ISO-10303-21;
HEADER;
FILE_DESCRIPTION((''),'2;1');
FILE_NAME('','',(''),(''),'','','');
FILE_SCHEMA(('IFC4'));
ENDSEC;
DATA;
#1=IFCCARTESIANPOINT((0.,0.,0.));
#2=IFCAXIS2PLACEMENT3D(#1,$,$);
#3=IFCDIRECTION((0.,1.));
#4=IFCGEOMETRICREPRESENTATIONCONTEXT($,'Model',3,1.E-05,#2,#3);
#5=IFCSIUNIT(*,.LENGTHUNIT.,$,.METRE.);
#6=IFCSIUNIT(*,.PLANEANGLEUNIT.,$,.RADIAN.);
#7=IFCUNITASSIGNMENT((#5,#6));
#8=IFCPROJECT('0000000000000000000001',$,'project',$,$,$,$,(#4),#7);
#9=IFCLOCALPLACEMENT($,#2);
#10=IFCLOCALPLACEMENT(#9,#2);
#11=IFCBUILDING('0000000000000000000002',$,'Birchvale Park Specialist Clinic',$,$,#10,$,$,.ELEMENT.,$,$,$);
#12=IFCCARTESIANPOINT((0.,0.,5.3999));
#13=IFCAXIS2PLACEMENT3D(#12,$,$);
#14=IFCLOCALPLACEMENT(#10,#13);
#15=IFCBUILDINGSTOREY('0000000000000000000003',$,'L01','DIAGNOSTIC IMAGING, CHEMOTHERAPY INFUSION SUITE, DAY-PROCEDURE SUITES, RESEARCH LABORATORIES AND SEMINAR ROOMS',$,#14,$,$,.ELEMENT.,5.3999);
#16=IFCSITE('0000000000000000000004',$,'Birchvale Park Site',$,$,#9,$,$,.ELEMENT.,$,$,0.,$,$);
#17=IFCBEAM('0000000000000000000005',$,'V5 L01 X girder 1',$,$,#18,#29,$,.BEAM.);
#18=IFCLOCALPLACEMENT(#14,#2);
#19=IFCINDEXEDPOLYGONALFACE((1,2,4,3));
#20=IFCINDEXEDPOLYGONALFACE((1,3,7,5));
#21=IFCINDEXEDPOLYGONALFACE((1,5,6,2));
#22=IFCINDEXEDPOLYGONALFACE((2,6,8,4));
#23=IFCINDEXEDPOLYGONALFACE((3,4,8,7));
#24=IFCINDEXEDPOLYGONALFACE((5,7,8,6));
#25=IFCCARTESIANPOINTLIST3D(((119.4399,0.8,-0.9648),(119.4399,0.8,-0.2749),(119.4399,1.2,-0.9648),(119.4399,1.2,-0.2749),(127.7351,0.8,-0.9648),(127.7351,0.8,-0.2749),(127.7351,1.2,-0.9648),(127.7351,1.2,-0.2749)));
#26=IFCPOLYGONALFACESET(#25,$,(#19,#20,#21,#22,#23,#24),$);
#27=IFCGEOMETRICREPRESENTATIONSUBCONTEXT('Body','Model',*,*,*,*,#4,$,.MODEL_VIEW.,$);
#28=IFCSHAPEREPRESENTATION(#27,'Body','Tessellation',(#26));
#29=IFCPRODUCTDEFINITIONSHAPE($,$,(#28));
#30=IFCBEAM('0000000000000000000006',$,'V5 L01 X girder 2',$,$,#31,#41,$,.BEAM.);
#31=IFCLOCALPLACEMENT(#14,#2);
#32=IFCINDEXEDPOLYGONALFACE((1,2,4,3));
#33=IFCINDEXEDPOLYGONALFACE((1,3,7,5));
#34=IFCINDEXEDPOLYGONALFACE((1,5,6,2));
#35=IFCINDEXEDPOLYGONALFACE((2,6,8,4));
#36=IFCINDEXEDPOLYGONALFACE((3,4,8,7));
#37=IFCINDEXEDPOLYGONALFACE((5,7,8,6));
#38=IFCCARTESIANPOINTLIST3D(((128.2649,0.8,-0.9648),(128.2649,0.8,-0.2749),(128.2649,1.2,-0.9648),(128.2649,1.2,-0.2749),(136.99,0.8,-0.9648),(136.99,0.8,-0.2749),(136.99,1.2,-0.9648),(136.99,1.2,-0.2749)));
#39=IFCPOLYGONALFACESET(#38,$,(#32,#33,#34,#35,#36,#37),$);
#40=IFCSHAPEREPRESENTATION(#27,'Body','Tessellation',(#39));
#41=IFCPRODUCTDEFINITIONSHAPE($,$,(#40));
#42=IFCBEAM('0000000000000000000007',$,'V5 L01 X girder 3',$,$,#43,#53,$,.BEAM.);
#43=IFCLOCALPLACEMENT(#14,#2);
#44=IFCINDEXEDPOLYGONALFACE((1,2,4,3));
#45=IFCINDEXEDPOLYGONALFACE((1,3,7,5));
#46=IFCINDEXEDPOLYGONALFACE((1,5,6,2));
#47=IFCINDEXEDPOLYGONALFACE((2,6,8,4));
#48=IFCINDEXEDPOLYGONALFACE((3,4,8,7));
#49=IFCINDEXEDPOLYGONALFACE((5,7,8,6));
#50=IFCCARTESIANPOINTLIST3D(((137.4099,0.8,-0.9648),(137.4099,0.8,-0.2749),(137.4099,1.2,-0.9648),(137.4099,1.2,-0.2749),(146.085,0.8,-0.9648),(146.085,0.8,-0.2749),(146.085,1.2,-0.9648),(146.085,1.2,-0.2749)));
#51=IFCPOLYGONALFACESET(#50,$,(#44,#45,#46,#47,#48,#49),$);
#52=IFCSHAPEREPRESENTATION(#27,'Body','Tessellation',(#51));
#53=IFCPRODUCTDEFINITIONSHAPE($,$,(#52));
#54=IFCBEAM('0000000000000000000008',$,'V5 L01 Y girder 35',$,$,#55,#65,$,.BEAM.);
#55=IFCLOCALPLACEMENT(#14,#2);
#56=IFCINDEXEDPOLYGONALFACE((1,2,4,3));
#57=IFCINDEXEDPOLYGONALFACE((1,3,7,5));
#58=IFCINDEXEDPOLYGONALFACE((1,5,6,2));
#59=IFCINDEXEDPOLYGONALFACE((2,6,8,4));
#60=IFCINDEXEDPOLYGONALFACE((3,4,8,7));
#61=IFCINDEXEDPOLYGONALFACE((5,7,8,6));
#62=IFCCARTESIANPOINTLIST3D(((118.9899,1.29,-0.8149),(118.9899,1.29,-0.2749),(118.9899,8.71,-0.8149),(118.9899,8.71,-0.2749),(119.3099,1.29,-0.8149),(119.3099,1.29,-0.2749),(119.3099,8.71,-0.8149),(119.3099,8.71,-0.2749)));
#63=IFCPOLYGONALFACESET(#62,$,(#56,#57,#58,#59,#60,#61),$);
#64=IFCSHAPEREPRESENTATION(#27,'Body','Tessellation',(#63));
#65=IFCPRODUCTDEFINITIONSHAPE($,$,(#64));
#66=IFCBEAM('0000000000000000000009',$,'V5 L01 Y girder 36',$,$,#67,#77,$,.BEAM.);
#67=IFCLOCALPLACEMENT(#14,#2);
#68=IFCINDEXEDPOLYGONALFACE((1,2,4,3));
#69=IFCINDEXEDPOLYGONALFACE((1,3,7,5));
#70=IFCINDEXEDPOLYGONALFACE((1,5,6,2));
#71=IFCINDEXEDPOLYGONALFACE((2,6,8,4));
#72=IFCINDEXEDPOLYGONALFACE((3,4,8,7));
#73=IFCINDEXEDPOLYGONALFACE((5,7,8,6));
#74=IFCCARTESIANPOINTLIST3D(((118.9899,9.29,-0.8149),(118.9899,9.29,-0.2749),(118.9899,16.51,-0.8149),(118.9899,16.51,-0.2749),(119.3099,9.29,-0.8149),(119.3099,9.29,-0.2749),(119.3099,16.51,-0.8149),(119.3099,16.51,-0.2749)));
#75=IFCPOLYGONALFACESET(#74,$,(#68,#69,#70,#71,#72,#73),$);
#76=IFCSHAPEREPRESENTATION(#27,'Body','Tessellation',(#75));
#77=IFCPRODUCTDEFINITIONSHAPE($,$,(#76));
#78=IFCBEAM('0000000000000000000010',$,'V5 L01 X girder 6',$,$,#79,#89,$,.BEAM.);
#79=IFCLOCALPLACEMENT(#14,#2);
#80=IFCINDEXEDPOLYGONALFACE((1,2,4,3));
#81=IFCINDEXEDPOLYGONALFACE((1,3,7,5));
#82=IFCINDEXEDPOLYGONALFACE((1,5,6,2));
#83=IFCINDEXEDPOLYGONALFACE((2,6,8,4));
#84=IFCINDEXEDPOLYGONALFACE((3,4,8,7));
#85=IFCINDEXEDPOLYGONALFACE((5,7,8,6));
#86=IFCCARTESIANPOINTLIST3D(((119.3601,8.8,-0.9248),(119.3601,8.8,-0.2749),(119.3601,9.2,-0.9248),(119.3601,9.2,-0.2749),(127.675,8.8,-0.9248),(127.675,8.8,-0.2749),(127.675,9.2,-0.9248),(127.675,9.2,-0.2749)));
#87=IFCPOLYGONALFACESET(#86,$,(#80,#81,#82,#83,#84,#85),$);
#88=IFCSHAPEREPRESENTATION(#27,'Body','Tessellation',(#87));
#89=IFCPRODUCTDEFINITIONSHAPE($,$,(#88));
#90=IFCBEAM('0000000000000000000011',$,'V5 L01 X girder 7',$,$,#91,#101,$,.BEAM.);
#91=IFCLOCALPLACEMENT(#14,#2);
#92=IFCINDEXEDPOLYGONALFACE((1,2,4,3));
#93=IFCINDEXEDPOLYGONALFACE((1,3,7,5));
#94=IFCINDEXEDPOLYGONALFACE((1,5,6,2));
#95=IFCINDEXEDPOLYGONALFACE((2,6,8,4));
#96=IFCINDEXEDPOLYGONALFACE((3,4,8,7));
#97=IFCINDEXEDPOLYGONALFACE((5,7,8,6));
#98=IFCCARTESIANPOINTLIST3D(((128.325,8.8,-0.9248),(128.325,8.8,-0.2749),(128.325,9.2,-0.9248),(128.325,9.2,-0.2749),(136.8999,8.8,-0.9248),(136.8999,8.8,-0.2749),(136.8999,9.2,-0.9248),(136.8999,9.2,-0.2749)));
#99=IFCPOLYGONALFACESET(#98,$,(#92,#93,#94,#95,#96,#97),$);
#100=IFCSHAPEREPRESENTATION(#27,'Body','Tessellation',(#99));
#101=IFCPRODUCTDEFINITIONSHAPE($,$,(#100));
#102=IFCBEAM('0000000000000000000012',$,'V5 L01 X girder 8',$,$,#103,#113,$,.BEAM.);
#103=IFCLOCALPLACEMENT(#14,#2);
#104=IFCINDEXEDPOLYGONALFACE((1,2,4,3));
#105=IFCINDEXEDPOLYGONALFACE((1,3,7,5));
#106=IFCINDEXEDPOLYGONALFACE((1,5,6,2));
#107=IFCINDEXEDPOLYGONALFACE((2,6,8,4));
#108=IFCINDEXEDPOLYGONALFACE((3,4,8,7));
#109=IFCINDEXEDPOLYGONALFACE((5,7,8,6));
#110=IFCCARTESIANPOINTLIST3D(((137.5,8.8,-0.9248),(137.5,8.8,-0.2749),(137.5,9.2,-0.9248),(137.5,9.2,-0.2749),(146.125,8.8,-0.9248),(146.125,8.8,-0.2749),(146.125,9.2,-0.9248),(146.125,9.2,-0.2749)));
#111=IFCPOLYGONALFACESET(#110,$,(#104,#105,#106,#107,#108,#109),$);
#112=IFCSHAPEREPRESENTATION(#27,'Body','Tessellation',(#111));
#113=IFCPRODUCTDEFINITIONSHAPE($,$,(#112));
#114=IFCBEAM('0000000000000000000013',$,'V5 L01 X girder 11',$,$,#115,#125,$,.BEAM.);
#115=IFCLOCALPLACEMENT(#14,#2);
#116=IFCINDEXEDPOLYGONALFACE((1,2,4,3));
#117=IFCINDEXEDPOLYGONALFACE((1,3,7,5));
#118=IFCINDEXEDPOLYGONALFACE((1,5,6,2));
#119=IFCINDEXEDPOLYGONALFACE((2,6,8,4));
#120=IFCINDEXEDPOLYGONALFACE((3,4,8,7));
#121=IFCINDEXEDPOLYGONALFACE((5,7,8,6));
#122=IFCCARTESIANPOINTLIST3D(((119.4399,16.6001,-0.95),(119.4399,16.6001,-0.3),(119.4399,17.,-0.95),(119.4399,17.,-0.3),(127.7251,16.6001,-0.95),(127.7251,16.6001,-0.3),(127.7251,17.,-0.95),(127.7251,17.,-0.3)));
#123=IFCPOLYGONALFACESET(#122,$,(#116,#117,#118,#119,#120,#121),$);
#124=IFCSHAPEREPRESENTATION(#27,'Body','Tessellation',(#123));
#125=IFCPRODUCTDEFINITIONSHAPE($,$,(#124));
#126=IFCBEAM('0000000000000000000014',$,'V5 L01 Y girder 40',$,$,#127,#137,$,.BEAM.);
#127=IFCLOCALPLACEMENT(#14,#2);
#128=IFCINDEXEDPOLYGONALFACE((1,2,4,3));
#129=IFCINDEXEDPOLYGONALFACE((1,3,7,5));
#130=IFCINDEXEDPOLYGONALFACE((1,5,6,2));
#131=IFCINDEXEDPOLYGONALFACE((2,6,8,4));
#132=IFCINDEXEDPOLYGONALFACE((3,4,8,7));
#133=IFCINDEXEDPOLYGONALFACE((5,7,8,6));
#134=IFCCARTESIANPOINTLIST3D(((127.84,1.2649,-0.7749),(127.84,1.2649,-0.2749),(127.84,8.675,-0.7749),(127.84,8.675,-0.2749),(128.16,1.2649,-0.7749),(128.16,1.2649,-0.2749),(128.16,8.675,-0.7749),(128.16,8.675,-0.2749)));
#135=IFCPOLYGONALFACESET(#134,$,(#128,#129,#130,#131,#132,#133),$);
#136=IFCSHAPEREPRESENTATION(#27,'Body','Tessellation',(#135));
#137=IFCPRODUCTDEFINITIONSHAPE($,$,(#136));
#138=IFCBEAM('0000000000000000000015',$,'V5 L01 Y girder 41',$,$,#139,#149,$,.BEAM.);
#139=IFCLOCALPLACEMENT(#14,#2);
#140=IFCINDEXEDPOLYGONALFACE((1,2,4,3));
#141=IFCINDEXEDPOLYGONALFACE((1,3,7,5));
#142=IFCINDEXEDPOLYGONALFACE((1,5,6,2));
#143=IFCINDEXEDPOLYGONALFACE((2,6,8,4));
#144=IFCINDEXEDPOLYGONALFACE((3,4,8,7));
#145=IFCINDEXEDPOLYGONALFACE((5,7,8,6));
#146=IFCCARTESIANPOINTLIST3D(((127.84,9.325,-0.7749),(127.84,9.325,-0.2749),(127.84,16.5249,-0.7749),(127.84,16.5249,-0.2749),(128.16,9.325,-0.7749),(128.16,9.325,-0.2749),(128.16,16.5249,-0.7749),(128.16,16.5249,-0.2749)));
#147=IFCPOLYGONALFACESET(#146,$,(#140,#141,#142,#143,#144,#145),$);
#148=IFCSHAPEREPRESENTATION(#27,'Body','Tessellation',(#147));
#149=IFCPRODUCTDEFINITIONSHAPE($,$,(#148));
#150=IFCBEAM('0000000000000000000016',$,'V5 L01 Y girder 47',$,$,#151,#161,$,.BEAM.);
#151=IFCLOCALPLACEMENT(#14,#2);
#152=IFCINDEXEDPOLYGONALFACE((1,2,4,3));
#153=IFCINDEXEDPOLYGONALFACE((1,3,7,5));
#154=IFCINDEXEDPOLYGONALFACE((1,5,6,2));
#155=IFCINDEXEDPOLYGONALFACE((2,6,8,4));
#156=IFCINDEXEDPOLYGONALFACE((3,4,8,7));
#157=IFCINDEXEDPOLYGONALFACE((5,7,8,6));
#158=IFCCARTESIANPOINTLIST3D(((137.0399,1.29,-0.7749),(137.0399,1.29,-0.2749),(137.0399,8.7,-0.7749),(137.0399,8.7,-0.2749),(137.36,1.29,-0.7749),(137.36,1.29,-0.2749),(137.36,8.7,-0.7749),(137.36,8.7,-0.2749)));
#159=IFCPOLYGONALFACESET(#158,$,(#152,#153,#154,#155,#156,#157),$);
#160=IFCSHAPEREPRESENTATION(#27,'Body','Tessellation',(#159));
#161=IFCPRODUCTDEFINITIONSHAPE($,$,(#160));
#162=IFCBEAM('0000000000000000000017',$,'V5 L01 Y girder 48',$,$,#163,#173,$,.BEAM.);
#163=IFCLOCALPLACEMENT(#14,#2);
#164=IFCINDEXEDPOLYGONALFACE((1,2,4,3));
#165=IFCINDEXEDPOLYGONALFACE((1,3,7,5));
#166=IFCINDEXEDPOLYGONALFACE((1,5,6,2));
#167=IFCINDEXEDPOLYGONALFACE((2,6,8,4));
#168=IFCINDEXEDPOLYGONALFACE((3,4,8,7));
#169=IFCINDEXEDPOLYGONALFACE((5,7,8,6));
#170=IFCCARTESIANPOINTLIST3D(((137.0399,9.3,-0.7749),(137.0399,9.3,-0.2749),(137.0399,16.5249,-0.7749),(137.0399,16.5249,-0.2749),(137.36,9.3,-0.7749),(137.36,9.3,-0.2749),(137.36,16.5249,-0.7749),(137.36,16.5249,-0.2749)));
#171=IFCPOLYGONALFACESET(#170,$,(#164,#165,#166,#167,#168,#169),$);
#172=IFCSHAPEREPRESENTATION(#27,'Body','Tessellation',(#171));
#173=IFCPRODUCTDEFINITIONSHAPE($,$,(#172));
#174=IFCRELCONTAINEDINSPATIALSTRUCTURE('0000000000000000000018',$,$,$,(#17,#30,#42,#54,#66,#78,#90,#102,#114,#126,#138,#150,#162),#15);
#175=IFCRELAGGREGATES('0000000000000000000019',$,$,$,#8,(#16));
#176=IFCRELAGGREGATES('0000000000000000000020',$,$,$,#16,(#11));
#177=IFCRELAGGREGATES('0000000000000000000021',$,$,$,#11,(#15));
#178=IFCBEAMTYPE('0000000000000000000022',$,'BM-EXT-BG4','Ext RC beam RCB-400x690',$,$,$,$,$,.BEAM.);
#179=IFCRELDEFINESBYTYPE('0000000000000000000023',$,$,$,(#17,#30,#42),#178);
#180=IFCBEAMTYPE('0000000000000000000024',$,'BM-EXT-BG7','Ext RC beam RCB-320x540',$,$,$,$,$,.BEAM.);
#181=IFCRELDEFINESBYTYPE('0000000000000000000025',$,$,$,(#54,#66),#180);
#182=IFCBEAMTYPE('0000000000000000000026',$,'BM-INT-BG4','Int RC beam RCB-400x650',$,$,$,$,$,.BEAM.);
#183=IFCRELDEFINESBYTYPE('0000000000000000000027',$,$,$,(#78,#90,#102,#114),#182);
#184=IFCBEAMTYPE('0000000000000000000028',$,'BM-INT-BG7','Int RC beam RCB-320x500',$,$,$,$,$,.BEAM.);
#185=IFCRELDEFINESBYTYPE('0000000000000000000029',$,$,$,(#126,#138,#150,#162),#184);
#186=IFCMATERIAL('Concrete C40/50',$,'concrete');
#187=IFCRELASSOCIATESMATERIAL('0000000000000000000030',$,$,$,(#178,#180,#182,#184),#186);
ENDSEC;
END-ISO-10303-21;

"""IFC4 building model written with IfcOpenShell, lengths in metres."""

from ifc_helpers import new_model, si_unit, direction, frame, origin, origin_2d, place, context, subcontext, project, spatial, rectangle, extrude, material, material_profile, profile_set, type_object, element, save


model = new_model("IFC4")

# Units and contexts
model_context = context("Model", 3, precision=1e-05, world=origin(), true_north=direction((0.0, 1.0)))
body_context = subcontext(model_context, "Body", "Model", "MODEL_VIEW")
ifc_project = project(units=[si_unit("LENGTHUNIT", "METRE"), si_unit("PLANEANGLEUNIT", "RADIAN")], contexts=[model_context])

# Site, building, storey
site_placement = place(None, origin())
site = spatial("IfcSite", under=ifc_project, at=site_placement, Name="Birchvale Park Site", CompositionType="ELEMENT", RefElevation=0.0)
building_placement = place(site_placement, origin())
building = spatial("IfcBuilding", under=site, at=building_placement, Name="Birchvale Park Specialist Clinic", CompositionType="ELEMENT")
storey_placement = place(building_placement, frame((0.0, 0.0, 5.3999)))
storey = spatial("IfcBuildingStorey", under=building, at=storey_placement, Name="L01", Description="DIAGNOSTIC IMAGING, CHEMOTHERAPY INFUSION SUITE, DAY-PROCEDURE SUITES, RESEARCH LABORATORIES AND SEMINAR ROOMS", CompositionType="ELEMENT", Elevation=5.3999)

# Beams
ifc_material_1 = material(Name="Concrete C40/50", Category="concrete")
ifc_material_profile_1 = material_profile(ifc_material_1, rectangle(XDim=0.3999, YDim=0.6899, at=origin_2d()), Name="RCB-400x690")
ifc_profile_set_1 = profile_set([ifc_material_profile_1], Name="Concrete C40/50")
beam_type_1 = type_object("IfcBeamType", Name="BM-EXT-BG4", Description="Ext RC beam RCB-400x690", PredefinedType="BEAM", material=ifc_profile_set_1)
beam_1_placement = place(storey_placement, frame((119.4399, 1.0, -0.6199), z_axis=(1.0, 0.0, 0.0), x_axis=(0.0, 1.0, 0.0)))
element("IfcBeam", 1, at=beam_1_placement, inside=storey, type_object=beam_type_1, Name="V5 L01 X girder 1", PredefinedType="BEAM", context=body_context, shape_type="SweptSolid", body=[
    extrude(rectangle(XDim=0.3999, YDim=0.6899, at=origin_2d()), origin(), (0.0, 0.0, 1.0), 8.2952),
])
beam_2_placement = place(storey_placement, frame((128.2649, 1.0, -0.6199), z_axis=(1.0, 0.0, 0.0), x_axis=(0.0, 1.0, 0.0)))
element("IfcBeam", 2, at=beam_2_placement, inside=storey, type_object=beam_type_1, Name="V5 L01 X girder 2", PredefinedType="BEAM", context=body_context, shape_type="SweptSolid", body=[
    extrude(rectangle(XDim=0.3999, YDim=0.6899, at=origin_2d()), origin(), (0.0, 0.0, 1.0), 8.7251),
])
beam_3_placement = place(storey_placement, frame((137.4099, 1.0, -0.6199), z_axis=(1.0, 0.0, 0.0), x_axis=(0.0, 1.0, 0.0)))
element("IfcBeam", 3, at=beam_3_placement, inside=storey, type_object=beam_type_1, Name="V5 L01 X girder 3", PredefinedType="BEAM", context=body_context, shape_type="SweptSolid", body=[
    extrude(rectangle(XDim=0.3999, YDim=0.6899, at=origin_2d()), origin(), (0.0, 0.0, 1.0), 8.675),
])
ifc_material_profile_2 = material_profile(ifc_material_1, rectangle(XDim=0.3201, YDim=0.54, at=origin_2d()), Name="RCB-320x540")
ifc_profile_set_2 = profile_set([ifc_material_profile_2], Name="Concrete C40/50")
beam_type_2 = type_object("IfcBeamType", Name="BM-EXT-BG7", Description="Ext RC beam RCB-320x540", PredefinedType="BEAM", material=ifc_profile_set_2)
beam_4_placement = place(storey_placement, frame((119.1499, 1.29, -0.5449), z_axis=(0.0, 1.0, 0.0), x_axis=(-1.0, 0.0, 0.0)))
element("IfcBeam", 4, at=beam_4_placement, inside=storey, type_object=beam_type_2, Name="V5 L01 Y girder 35", PredefinedType="BEAM", context=body_context, shape_type="SweptSolid", body=[
    extrude(rectangle(XDim=0.3201, YDim=0.54, at=origin_2d()), origin(), (0.0, 0.0, 1.0), 7.4199),
])
beam_5_placement = place(storey_placement, frame((119.1499, 9.29, -0.5449), z_axis=(0.0, 1.0, 0.0), x_axis=(-1.0, 0.0, 0.0)))
element("IfcBeam", 5, at=beam_5_placement, inside=storey, type_object=beam_type_2, Name="V5 L01 Y girder 36", PredefinedType="BEAM", context=body_context, shape_type="SweptSolid", body=[
    extrude(rectangle(XDim=0.3201, YDim=0.54, at=origin_2d()), origin(), (0.0, 0.0, 1.0), 7.22),
])
ifc_material_profile_3 = material_profile(ifc_material_1, rectangle(XDim=0.3999, YDim=0.6499, at=origin_2d()), Name="RCB-400x650")
ifc_profile_set_3 = profile_set([ifc_material_profile_3], Name="Concrete C40/50")
beam_type_3 = type_object("IfcBeamType", Name="BM-INT-BG4", Description="Int RC beam RCB-400x650", PredefinedType="BEAM", material=ifc_profile_set_3)
beam_6_placement = place(storey_placement, frame((119.3601, 9.0, -0.5999), z_axis=(1.0, 0.0, 0.0), x_axis=(0.0, 1.0, 0.0)))
element("IfcBeam", 6, at=beam_6_placement, inside=storey, type_object=beam_type_3, Name="V5 L01 X girder 6", PredefinedType="BEAM", context=body_context, shape_type="SweptSolid", body=[
    extrude(rectangle(XDim=0.3999, YDim=0.6499, at=origin_2d()), origin(), (0.0, 0.0, 1.0), 8.3149),
])
beam_7_placement = place(storey_placement, frame((128.325, 9.0, -0.5999), z_axis=(1.0, 0.0, 0.0), x_axis=(0.0, 1.0, 0.0)))
element("IfcBeam", 7, at=beam_7_placement, inside=storey, type_object=beam_type_3, Name="V5 L01 X girder 7", PredefinedType="BEAM", context=body_context, shape_type="SweptSolid", body=[
    extrude(rectangle(XDim=0.3999, YDim=0.6499, at=origin_2d()), origin(), (0.0, 0.0, 1.0), 8.575),
])
beam_8_placement = place(storey_placement, frame((137.5, 9.0, -0.5999), z_axis=(1.0, 0.0, 0.0), x_axis=(0.0, 1.0, 0.0)))
element("IfcBeam", 8, at=beam_8_placement, inside=storey, type_object=beam_type_3, Name="V5 L01 X girder 8", PredefinedType="BEAM", context=body_context, shape_type="SweptSolid", body=[
    extrude(rectangle(XDim=0.3999, YDim=0.6499, at=origin_2d()), origin(), (0.0, 0.0, 1.0), 8.625),
])
beam_9_placement = place(storey_placement, frame((119.4399, 16.8, -0.625), z_axis=(1.0, 0.0, 0.0), x_axis=(0.0, 1.0, 0.0)))
element("IfcBeam", 9, at=beam_9_placement, inside=storey, type_object=beam_type_3, Name="V5 L01 X girder 11", PredefinedType="BEAM", context=body_context, shape_type="SweptSolid", body=[
    extrude(rectangle(XDim=0.3999, YDim=0.6499, at=origin_2d()), origin(), (0.0, 0.0, 1.0), 8.2852),
])
ifc_material_profile_4 = material_profile(ifc_material_1, rectangle(XDim=0.3201, YDim=0.5, at=origin_2d()), Name="RCB-320x500")
ifc_profile_set_4 = profile_set([ifc_material_profile_4], Name="Concrete C40/50")
beam_type_4 = type_object("IfcBeamType", Name="BM-INT-BG7", Description="Int RC beam RCB-320x500", PredefinedType="BEAM", material=ifc_profile_set_4)
beam_10_placement = place(storey_placement, frame((128.0, 1.2649, -0.5249), z_axis=(0.0, 1.0, 0.0), x_axis=(-1.0, 0.0, 0.0)))
element("IfcBeam", 10, at=beam_10_placement, inside=storey, type_object=beam_type_4, Name="V5 L01 Y girder 40", PredefinedType="BEAM", context=body_context, shape_type="SweptSolid", body=[
    extrude(rectangle(XDim=0.3201, YDim=0.5, at=origin_2d()), origin(), (0.0, 0.0, 1.0), 7.4102),
])
beam_11_placement = place(storey_placement, frame((128.0, 9.325, -0.5249), z_axis=(0.0, 1.0, 0.0), x_axis=(-1.0, 0.0, 0.0)))
element("IfcBeam", 11, at=beam_11_placement, inside=storey, type_object=beam_type_4, Name="V5 L01 Y girder 41", PredefinedType="BEAM", context=body_context, shape_type="SweptSolid", body=[
    extrude(rectangle(XDim=0.3201, YDim=0.5, at=origin_2d()), origin(), (0.0, 0.0, 1.0), 7.2),
])
beam_12_placement = place(storey_placement, frame((137.2, 1.29, -0.5249), z_axis=(0.0, 1.0, 0.0), x_axis=(-1.0, 0.0, 0.0)))
element("IfcBeam", 12, at=beam_12_placement, inside=storey, type_object=beam_type_4, Name="V5 L01 Y girder 47", PredefinedType="BEAM", context=body_context, shape_type="SweptSolid", body=[
    extrude(rectangle(XDim=0.3201, YDim=0.5, at=origin_2d()), origin(), (0.0, 0.0, 1.0), 7.4099),
])
beam_13_placement = place(storey_placement, frame((137.2, 9.3, -0.5249), z_axis=(0.0, 1.0, 0.0), x_axis=(-1.0, 0.0, 0.0)))
element("IfcBeam", 13, at=beam_13_placement, inside=storey, type_object=beam_type_4, Name="V5 L01 Y girder 48", PredefinedType="BEAM", context=body_context, shape_type="SweptSolid", body=[
    extrude(rectangle(XDim=0.3201, YDim=0.5, at=origin_2d()), origin(), (0.0, 0.0, 1.0), 7.2249),
])

save(model, "model.ifc")
